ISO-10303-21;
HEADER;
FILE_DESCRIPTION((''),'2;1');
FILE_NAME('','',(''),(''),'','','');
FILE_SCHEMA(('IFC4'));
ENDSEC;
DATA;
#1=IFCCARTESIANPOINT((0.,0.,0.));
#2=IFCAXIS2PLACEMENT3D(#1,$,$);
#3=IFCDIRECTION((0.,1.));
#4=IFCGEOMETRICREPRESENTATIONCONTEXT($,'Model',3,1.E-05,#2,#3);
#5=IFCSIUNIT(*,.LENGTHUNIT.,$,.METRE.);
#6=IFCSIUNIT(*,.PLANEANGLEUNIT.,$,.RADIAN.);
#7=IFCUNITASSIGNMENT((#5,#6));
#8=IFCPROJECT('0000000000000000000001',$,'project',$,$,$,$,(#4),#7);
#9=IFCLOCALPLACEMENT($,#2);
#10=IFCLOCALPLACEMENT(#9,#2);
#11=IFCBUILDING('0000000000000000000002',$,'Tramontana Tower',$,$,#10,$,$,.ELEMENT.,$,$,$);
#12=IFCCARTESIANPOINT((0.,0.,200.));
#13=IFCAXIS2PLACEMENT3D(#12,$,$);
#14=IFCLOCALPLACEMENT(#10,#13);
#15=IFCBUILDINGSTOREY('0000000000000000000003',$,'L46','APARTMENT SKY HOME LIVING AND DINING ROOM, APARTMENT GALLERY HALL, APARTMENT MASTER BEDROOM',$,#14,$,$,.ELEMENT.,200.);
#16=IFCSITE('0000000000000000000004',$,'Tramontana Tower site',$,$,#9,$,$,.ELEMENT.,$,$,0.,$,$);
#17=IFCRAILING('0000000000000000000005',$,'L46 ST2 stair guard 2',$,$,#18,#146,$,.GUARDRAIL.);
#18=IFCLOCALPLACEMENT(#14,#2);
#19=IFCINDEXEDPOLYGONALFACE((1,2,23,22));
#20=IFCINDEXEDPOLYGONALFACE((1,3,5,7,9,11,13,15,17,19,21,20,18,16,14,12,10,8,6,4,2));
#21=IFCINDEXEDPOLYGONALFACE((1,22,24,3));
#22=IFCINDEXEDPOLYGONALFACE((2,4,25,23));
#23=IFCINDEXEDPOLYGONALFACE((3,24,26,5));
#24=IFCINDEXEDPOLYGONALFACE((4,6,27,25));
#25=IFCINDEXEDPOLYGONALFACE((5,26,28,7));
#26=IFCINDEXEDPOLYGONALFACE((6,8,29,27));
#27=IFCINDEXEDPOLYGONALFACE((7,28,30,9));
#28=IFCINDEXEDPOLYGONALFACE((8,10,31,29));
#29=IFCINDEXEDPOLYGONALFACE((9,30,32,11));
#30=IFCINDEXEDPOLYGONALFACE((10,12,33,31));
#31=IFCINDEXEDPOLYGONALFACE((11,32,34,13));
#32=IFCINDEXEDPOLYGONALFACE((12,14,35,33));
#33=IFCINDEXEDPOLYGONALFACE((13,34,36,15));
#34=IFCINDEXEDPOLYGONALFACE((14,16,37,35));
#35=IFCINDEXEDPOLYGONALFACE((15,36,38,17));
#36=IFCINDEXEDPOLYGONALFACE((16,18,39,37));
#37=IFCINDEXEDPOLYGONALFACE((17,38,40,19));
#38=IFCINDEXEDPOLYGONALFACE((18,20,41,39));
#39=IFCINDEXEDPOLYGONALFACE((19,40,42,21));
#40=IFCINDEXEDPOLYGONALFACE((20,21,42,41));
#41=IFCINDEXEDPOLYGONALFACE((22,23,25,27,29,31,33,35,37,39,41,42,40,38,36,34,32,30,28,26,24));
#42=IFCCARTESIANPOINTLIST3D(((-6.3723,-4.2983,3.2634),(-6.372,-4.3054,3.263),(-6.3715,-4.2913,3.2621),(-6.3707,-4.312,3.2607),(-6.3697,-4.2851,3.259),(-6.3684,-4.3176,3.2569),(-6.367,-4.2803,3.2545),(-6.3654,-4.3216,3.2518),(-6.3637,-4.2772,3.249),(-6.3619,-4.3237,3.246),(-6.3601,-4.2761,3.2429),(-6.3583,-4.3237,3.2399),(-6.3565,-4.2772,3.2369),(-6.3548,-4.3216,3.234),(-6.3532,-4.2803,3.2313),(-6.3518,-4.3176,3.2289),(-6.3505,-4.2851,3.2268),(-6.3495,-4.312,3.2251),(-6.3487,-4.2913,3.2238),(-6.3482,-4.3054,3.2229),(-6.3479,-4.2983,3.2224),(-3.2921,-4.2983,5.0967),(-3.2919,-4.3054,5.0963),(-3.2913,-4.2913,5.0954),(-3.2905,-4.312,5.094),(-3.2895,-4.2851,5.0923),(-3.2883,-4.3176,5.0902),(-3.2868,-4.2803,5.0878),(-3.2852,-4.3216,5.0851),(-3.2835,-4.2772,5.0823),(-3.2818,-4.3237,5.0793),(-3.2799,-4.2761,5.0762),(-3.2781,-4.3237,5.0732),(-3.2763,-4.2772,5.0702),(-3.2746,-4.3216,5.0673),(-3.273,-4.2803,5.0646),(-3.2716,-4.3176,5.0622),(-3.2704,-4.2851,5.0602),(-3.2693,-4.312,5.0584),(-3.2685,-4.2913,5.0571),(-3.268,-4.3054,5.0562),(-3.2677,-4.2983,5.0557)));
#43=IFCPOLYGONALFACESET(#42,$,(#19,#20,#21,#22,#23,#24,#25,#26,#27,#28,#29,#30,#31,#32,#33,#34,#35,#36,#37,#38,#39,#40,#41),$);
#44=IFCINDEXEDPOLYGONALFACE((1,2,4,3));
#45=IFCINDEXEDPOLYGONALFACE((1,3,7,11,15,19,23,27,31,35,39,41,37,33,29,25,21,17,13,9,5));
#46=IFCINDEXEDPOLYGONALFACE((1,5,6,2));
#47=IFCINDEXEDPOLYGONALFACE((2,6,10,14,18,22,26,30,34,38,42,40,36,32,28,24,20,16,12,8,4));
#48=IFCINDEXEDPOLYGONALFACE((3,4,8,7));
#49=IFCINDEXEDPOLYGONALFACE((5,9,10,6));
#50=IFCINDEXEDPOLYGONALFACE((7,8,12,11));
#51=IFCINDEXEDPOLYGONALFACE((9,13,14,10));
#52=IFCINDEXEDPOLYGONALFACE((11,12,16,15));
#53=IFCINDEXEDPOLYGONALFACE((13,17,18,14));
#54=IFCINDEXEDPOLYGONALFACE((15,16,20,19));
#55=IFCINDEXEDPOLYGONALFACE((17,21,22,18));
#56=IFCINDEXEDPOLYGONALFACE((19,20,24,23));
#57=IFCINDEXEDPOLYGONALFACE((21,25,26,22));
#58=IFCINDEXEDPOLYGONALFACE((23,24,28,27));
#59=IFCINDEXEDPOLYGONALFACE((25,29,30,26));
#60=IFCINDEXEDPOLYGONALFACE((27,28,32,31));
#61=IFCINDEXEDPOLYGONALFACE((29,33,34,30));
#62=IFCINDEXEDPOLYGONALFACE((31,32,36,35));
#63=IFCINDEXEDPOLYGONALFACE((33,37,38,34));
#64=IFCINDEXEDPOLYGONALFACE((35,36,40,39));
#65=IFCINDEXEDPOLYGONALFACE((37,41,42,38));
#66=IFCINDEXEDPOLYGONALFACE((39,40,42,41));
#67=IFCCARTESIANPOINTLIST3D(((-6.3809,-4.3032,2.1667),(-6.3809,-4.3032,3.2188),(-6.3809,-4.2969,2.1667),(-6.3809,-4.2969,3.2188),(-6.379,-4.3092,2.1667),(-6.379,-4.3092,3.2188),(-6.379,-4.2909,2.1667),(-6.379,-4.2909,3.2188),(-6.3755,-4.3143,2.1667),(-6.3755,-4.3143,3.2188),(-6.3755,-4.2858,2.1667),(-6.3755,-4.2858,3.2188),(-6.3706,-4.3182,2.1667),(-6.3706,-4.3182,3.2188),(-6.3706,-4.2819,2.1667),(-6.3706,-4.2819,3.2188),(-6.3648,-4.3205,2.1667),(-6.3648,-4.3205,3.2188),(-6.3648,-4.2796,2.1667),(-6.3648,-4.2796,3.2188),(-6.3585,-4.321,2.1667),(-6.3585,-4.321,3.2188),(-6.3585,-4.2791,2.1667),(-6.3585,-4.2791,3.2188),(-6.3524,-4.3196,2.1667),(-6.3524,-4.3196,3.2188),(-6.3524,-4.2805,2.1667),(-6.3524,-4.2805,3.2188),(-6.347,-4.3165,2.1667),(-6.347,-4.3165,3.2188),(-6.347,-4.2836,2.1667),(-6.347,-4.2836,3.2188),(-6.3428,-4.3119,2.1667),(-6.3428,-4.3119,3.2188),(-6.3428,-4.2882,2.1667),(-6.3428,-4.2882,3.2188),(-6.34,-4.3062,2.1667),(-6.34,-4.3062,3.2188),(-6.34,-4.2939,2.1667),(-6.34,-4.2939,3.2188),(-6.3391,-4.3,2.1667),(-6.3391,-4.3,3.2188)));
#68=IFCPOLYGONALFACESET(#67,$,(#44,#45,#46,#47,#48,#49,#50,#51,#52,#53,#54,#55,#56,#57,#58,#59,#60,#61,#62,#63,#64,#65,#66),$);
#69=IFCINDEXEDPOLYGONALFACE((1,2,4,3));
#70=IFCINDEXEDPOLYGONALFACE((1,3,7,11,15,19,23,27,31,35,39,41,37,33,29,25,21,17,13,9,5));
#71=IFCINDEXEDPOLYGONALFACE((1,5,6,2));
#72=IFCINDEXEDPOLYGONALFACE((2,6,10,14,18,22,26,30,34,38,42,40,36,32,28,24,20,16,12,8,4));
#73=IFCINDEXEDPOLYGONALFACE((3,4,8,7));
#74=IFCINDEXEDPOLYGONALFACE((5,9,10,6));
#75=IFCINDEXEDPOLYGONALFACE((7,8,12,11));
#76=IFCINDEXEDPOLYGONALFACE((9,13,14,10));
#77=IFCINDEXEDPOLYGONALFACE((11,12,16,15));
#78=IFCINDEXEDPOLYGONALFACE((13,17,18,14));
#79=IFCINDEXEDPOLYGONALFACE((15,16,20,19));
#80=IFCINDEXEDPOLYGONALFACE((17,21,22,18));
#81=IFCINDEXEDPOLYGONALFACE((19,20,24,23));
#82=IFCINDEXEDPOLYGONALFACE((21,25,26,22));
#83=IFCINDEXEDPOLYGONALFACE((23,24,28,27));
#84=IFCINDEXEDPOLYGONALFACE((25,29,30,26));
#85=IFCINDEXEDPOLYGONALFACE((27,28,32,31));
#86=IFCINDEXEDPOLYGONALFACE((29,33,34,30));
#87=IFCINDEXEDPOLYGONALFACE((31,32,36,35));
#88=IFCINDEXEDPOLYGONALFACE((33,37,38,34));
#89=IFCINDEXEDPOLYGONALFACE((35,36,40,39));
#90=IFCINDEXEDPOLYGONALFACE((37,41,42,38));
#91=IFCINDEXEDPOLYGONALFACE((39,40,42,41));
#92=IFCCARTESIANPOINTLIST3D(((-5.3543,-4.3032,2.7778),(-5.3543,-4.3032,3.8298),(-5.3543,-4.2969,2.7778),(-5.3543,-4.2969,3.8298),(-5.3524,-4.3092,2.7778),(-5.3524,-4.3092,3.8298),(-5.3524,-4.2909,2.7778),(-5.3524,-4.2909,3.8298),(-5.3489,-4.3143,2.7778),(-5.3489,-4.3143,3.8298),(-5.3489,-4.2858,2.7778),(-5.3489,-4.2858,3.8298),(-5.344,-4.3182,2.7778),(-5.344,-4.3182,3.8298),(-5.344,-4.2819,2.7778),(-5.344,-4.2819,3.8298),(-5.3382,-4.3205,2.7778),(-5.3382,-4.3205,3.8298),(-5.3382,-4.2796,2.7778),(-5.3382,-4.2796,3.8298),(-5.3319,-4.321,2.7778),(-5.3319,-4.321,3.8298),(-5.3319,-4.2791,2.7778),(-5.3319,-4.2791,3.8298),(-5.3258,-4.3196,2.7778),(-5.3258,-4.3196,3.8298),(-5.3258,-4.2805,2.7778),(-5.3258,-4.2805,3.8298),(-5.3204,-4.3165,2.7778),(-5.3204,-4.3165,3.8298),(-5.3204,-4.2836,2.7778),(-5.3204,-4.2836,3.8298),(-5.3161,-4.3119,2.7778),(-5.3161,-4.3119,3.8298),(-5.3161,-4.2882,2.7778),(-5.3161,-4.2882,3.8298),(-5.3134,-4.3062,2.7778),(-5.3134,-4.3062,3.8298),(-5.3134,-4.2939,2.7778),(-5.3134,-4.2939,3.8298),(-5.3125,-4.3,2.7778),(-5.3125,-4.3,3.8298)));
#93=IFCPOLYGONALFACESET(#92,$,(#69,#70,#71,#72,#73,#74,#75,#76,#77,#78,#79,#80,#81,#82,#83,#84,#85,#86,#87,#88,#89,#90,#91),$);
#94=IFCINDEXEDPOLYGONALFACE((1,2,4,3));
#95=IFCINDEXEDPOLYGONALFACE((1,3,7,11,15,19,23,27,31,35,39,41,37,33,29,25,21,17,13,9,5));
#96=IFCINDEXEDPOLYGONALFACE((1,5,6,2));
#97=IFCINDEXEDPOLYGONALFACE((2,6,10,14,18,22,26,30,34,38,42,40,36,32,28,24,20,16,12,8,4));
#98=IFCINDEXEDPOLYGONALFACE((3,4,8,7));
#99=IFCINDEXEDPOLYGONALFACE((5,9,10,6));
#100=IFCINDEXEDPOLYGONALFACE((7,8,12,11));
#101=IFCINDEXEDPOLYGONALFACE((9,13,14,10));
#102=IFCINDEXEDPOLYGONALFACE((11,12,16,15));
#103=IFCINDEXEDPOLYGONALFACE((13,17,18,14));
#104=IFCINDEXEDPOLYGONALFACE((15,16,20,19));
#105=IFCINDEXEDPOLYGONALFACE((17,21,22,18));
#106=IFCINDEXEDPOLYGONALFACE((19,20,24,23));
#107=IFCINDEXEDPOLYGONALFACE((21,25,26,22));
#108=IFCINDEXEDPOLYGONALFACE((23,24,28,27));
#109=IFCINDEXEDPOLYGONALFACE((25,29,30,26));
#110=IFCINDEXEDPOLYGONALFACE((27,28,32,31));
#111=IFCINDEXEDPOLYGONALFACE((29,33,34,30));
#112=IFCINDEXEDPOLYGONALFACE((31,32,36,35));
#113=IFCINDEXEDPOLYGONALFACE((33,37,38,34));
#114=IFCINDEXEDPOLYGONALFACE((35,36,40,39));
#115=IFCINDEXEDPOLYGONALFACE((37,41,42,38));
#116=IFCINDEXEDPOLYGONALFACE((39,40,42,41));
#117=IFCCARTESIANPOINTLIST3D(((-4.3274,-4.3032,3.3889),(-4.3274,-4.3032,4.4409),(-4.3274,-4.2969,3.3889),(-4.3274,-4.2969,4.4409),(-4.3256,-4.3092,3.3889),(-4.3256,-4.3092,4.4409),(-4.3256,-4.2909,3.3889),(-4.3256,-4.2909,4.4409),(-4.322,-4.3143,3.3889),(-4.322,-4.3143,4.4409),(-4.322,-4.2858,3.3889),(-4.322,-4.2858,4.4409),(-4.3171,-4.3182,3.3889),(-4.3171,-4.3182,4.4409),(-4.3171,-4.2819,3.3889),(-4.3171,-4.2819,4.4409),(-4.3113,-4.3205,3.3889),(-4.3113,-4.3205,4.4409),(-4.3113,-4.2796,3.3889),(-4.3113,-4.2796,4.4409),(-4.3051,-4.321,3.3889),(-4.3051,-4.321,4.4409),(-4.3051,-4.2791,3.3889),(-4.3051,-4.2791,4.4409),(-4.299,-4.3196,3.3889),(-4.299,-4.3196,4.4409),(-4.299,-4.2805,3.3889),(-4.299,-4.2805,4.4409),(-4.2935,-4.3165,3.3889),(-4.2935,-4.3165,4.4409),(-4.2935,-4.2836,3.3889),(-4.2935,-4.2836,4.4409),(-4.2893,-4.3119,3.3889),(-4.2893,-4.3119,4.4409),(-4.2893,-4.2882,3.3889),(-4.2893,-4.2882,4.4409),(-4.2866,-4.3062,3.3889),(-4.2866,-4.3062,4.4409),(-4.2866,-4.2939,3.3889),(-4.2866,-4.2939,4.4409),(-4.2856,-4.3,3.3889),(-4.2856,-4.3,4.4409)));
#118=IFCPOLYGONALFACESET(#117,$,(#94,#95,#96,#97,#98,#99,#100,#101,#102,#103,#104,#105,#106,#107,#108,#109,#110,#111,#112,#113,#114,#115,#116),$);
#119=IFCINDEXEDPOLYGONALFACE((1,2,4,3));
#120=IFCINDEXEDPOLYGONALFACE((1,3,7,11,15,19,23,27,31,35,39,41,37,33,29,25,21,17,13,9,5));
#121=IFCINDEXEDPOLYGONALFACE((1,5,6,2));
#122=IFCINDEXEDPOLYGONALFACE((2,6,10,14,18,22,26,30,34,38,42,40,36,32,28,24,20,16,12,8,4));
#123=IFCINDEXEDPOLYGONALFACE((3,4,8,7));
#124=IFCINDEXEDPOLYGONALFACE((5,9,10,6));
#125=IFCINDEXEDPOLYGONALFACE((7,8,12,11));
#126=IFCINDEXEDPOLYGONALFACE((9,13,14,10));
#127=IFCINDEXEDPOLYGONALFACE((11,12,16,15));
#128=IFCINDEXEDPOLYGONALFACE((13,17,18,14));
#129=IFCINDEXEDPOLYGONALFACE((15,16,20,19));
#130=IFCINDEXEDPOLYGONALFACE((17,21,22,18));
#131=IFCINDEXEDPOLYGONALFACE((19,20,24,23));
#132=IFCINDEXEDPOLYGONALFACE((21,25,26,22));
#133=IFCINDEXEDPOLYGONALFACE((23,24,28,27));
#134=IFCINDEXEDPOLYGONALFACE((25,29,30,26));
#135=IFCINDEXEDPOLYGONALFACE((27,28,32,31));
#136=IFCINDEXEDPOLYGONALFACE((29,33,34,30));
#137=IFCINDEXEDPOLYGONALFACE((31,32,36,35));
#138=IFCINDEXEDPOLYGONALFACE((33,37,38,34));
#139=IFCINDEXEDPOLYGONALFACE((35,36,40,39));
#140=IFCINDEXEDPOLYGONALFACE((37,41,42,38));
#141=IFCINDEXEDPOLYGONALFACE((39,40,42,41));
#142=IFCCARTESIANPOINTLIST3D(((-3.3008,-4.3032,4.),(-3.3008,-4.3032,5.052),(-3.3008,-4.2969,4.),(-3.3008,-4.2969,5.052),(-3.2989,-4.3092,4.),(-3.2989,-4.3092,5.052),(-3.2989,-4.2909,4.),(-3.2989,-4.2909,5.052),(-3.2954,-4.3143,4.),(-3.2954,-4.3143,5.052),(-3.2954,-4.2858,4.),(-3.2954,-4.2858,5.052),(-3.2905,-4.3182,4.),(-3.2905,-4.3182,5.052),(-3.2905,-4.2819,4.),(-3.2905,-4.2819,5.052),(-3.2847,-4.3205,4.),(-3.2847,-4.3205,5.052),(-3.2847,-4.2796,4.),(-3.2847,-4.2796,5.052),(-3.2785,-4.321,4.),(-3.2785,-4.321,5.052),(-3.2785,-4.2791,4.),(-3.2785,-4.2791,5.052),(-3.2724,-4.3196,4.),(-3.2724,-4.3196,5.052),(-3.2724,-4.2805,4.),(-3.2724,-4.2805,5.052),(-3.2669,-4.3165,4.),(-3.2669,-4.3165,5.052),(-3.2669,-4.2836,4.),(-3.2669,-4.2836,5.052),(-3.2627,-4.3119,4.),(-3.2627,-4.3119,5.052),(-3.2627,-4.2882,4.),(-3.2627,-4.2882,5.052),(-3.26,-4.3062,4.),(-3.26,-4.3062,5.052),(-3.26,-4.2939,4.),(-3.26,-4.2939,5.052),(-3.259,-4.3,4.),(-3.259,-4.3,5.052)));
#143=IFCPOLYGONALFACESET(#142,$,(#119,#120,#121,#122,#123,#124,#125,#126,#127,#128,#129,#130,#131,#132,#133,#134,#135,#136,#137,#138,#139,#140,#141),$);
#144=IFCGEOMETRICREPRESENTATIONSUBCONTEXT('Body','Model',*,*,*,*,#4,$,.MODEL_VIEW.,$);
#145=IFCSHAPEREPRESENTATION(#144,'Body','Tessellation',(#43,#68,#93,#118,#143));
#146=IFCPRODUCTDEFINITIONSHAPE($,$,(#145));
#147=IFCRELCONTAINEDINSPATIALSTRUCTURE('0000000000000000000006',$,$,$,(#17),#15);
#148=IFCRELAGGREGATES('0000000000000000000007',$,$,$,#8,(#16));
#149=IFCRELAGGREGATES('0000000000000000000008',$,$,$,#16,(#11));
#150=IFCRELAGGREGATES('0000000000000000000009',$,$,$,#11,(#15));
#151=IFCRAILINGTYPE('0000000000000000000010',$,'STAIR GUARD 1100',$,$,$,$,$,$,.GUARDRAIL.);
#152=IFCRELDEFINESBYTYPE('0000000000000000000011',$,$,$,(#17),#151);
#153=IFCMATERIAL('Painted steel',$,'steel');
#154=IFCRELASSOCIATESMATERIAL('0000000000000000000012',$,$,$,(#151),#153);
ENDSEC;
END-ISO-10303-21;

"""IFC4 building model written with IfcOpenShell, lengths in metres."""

from ifc_helpers import new_model, si_unit, direction, frame, origin, origin_2d, place, context, subcontext, project, spatial, circle, extrude, material, type_object, element, save


model = new_model("IFC4")

# Units and contexts
model_context = context("Model", 3, precision=1e-05, world=origin(), true_north=direction((0.0, 1.0)))
body_context = subcontext(model_context, "Body", "Model", "MODEL_VIEW")
ifc_project = project(units=[si_unit("LENGTHUNIT", "METRE"), si_unit("PLANEANGLEUNIT", "RADIAN")], contexts=[model_context])

# Site, building, storey
site_placement = place(None, origin())
site = spatial("IfcSite", under=ifc_project, at=site_placement, Name="Tramontana Tower site", CompositionType="ELEMENT", RefElevation=0.0)
building_placement = place(site_placement, origin())
building = spatial("IfcBuilding", under=site, at=building_placement, Name="Tramontana Tower", CompositionType="ELEMENT")
storey_placement = place(building_placement, frame((0.0, 0.0, 200.0)))
storey = spatial("IfcBuildingStorey", under=building, at=storey_placement, Name="L46", Description="APARTMENT SKY HOME LIVING AND DINING ROOM, APARTMENT GALLERY HALL, APARTMENT MASTER BEDROOM", CompositionType="ELEMENT", Elevation=200.0)

# Railing
ifc_material_1 = material(Name="Painted steel", Category="steel")
railing_type_1 = type_object("IfcRailingType", Name="STAIR GUARD 1100", PredefinedType="GUARDRAIL", material=ifc_material_1)
railing_1_placement = place(storey_placement, frame((-6.3601, -4.3, 2.1667)))
element("IfcRailing", 1, at=railing_1_placement, inside=storey, type_object=railing_type_1, Name="L46 ST2 stair guard 2", PredefinedType="GUARDRAIL", context=body_context, shape_type="SweptSolid", body=[
    extrude(circle(Radius=0.0239, at=origin_2d()), frame((0.0, 0.0, 1.0762), z_axis=(0.859309, 0.0, 0.511458), x_axis=(0.0, 1.0, 0.0)), (0.0, 0.0, 1.0), 3.5845),
    extrude(circle(Radius=0.021, at=origin_2d()), origin(), (0.0, 0.0, 1.0), 1.052),
    extrude(circle(Radius=0.021, at=origin_2d()), frame((1.0266, 0.0, 0.6111)), (0.0, 0.0, 1.0), 1.052),
    extrude(circle(Radius=0.021, at=origin_2d()), frame((2.0535, 0.0, 1.2222)), (0.0, 0.0, 1.0), 1.052),
    extrude(circle(Radius=0.021, at=origin_2d()), frame((3.0801, 0.0, 1.8333)), (0.0, 0.0, 1.0), 1.052),
])

save(model, "model.ifc")
